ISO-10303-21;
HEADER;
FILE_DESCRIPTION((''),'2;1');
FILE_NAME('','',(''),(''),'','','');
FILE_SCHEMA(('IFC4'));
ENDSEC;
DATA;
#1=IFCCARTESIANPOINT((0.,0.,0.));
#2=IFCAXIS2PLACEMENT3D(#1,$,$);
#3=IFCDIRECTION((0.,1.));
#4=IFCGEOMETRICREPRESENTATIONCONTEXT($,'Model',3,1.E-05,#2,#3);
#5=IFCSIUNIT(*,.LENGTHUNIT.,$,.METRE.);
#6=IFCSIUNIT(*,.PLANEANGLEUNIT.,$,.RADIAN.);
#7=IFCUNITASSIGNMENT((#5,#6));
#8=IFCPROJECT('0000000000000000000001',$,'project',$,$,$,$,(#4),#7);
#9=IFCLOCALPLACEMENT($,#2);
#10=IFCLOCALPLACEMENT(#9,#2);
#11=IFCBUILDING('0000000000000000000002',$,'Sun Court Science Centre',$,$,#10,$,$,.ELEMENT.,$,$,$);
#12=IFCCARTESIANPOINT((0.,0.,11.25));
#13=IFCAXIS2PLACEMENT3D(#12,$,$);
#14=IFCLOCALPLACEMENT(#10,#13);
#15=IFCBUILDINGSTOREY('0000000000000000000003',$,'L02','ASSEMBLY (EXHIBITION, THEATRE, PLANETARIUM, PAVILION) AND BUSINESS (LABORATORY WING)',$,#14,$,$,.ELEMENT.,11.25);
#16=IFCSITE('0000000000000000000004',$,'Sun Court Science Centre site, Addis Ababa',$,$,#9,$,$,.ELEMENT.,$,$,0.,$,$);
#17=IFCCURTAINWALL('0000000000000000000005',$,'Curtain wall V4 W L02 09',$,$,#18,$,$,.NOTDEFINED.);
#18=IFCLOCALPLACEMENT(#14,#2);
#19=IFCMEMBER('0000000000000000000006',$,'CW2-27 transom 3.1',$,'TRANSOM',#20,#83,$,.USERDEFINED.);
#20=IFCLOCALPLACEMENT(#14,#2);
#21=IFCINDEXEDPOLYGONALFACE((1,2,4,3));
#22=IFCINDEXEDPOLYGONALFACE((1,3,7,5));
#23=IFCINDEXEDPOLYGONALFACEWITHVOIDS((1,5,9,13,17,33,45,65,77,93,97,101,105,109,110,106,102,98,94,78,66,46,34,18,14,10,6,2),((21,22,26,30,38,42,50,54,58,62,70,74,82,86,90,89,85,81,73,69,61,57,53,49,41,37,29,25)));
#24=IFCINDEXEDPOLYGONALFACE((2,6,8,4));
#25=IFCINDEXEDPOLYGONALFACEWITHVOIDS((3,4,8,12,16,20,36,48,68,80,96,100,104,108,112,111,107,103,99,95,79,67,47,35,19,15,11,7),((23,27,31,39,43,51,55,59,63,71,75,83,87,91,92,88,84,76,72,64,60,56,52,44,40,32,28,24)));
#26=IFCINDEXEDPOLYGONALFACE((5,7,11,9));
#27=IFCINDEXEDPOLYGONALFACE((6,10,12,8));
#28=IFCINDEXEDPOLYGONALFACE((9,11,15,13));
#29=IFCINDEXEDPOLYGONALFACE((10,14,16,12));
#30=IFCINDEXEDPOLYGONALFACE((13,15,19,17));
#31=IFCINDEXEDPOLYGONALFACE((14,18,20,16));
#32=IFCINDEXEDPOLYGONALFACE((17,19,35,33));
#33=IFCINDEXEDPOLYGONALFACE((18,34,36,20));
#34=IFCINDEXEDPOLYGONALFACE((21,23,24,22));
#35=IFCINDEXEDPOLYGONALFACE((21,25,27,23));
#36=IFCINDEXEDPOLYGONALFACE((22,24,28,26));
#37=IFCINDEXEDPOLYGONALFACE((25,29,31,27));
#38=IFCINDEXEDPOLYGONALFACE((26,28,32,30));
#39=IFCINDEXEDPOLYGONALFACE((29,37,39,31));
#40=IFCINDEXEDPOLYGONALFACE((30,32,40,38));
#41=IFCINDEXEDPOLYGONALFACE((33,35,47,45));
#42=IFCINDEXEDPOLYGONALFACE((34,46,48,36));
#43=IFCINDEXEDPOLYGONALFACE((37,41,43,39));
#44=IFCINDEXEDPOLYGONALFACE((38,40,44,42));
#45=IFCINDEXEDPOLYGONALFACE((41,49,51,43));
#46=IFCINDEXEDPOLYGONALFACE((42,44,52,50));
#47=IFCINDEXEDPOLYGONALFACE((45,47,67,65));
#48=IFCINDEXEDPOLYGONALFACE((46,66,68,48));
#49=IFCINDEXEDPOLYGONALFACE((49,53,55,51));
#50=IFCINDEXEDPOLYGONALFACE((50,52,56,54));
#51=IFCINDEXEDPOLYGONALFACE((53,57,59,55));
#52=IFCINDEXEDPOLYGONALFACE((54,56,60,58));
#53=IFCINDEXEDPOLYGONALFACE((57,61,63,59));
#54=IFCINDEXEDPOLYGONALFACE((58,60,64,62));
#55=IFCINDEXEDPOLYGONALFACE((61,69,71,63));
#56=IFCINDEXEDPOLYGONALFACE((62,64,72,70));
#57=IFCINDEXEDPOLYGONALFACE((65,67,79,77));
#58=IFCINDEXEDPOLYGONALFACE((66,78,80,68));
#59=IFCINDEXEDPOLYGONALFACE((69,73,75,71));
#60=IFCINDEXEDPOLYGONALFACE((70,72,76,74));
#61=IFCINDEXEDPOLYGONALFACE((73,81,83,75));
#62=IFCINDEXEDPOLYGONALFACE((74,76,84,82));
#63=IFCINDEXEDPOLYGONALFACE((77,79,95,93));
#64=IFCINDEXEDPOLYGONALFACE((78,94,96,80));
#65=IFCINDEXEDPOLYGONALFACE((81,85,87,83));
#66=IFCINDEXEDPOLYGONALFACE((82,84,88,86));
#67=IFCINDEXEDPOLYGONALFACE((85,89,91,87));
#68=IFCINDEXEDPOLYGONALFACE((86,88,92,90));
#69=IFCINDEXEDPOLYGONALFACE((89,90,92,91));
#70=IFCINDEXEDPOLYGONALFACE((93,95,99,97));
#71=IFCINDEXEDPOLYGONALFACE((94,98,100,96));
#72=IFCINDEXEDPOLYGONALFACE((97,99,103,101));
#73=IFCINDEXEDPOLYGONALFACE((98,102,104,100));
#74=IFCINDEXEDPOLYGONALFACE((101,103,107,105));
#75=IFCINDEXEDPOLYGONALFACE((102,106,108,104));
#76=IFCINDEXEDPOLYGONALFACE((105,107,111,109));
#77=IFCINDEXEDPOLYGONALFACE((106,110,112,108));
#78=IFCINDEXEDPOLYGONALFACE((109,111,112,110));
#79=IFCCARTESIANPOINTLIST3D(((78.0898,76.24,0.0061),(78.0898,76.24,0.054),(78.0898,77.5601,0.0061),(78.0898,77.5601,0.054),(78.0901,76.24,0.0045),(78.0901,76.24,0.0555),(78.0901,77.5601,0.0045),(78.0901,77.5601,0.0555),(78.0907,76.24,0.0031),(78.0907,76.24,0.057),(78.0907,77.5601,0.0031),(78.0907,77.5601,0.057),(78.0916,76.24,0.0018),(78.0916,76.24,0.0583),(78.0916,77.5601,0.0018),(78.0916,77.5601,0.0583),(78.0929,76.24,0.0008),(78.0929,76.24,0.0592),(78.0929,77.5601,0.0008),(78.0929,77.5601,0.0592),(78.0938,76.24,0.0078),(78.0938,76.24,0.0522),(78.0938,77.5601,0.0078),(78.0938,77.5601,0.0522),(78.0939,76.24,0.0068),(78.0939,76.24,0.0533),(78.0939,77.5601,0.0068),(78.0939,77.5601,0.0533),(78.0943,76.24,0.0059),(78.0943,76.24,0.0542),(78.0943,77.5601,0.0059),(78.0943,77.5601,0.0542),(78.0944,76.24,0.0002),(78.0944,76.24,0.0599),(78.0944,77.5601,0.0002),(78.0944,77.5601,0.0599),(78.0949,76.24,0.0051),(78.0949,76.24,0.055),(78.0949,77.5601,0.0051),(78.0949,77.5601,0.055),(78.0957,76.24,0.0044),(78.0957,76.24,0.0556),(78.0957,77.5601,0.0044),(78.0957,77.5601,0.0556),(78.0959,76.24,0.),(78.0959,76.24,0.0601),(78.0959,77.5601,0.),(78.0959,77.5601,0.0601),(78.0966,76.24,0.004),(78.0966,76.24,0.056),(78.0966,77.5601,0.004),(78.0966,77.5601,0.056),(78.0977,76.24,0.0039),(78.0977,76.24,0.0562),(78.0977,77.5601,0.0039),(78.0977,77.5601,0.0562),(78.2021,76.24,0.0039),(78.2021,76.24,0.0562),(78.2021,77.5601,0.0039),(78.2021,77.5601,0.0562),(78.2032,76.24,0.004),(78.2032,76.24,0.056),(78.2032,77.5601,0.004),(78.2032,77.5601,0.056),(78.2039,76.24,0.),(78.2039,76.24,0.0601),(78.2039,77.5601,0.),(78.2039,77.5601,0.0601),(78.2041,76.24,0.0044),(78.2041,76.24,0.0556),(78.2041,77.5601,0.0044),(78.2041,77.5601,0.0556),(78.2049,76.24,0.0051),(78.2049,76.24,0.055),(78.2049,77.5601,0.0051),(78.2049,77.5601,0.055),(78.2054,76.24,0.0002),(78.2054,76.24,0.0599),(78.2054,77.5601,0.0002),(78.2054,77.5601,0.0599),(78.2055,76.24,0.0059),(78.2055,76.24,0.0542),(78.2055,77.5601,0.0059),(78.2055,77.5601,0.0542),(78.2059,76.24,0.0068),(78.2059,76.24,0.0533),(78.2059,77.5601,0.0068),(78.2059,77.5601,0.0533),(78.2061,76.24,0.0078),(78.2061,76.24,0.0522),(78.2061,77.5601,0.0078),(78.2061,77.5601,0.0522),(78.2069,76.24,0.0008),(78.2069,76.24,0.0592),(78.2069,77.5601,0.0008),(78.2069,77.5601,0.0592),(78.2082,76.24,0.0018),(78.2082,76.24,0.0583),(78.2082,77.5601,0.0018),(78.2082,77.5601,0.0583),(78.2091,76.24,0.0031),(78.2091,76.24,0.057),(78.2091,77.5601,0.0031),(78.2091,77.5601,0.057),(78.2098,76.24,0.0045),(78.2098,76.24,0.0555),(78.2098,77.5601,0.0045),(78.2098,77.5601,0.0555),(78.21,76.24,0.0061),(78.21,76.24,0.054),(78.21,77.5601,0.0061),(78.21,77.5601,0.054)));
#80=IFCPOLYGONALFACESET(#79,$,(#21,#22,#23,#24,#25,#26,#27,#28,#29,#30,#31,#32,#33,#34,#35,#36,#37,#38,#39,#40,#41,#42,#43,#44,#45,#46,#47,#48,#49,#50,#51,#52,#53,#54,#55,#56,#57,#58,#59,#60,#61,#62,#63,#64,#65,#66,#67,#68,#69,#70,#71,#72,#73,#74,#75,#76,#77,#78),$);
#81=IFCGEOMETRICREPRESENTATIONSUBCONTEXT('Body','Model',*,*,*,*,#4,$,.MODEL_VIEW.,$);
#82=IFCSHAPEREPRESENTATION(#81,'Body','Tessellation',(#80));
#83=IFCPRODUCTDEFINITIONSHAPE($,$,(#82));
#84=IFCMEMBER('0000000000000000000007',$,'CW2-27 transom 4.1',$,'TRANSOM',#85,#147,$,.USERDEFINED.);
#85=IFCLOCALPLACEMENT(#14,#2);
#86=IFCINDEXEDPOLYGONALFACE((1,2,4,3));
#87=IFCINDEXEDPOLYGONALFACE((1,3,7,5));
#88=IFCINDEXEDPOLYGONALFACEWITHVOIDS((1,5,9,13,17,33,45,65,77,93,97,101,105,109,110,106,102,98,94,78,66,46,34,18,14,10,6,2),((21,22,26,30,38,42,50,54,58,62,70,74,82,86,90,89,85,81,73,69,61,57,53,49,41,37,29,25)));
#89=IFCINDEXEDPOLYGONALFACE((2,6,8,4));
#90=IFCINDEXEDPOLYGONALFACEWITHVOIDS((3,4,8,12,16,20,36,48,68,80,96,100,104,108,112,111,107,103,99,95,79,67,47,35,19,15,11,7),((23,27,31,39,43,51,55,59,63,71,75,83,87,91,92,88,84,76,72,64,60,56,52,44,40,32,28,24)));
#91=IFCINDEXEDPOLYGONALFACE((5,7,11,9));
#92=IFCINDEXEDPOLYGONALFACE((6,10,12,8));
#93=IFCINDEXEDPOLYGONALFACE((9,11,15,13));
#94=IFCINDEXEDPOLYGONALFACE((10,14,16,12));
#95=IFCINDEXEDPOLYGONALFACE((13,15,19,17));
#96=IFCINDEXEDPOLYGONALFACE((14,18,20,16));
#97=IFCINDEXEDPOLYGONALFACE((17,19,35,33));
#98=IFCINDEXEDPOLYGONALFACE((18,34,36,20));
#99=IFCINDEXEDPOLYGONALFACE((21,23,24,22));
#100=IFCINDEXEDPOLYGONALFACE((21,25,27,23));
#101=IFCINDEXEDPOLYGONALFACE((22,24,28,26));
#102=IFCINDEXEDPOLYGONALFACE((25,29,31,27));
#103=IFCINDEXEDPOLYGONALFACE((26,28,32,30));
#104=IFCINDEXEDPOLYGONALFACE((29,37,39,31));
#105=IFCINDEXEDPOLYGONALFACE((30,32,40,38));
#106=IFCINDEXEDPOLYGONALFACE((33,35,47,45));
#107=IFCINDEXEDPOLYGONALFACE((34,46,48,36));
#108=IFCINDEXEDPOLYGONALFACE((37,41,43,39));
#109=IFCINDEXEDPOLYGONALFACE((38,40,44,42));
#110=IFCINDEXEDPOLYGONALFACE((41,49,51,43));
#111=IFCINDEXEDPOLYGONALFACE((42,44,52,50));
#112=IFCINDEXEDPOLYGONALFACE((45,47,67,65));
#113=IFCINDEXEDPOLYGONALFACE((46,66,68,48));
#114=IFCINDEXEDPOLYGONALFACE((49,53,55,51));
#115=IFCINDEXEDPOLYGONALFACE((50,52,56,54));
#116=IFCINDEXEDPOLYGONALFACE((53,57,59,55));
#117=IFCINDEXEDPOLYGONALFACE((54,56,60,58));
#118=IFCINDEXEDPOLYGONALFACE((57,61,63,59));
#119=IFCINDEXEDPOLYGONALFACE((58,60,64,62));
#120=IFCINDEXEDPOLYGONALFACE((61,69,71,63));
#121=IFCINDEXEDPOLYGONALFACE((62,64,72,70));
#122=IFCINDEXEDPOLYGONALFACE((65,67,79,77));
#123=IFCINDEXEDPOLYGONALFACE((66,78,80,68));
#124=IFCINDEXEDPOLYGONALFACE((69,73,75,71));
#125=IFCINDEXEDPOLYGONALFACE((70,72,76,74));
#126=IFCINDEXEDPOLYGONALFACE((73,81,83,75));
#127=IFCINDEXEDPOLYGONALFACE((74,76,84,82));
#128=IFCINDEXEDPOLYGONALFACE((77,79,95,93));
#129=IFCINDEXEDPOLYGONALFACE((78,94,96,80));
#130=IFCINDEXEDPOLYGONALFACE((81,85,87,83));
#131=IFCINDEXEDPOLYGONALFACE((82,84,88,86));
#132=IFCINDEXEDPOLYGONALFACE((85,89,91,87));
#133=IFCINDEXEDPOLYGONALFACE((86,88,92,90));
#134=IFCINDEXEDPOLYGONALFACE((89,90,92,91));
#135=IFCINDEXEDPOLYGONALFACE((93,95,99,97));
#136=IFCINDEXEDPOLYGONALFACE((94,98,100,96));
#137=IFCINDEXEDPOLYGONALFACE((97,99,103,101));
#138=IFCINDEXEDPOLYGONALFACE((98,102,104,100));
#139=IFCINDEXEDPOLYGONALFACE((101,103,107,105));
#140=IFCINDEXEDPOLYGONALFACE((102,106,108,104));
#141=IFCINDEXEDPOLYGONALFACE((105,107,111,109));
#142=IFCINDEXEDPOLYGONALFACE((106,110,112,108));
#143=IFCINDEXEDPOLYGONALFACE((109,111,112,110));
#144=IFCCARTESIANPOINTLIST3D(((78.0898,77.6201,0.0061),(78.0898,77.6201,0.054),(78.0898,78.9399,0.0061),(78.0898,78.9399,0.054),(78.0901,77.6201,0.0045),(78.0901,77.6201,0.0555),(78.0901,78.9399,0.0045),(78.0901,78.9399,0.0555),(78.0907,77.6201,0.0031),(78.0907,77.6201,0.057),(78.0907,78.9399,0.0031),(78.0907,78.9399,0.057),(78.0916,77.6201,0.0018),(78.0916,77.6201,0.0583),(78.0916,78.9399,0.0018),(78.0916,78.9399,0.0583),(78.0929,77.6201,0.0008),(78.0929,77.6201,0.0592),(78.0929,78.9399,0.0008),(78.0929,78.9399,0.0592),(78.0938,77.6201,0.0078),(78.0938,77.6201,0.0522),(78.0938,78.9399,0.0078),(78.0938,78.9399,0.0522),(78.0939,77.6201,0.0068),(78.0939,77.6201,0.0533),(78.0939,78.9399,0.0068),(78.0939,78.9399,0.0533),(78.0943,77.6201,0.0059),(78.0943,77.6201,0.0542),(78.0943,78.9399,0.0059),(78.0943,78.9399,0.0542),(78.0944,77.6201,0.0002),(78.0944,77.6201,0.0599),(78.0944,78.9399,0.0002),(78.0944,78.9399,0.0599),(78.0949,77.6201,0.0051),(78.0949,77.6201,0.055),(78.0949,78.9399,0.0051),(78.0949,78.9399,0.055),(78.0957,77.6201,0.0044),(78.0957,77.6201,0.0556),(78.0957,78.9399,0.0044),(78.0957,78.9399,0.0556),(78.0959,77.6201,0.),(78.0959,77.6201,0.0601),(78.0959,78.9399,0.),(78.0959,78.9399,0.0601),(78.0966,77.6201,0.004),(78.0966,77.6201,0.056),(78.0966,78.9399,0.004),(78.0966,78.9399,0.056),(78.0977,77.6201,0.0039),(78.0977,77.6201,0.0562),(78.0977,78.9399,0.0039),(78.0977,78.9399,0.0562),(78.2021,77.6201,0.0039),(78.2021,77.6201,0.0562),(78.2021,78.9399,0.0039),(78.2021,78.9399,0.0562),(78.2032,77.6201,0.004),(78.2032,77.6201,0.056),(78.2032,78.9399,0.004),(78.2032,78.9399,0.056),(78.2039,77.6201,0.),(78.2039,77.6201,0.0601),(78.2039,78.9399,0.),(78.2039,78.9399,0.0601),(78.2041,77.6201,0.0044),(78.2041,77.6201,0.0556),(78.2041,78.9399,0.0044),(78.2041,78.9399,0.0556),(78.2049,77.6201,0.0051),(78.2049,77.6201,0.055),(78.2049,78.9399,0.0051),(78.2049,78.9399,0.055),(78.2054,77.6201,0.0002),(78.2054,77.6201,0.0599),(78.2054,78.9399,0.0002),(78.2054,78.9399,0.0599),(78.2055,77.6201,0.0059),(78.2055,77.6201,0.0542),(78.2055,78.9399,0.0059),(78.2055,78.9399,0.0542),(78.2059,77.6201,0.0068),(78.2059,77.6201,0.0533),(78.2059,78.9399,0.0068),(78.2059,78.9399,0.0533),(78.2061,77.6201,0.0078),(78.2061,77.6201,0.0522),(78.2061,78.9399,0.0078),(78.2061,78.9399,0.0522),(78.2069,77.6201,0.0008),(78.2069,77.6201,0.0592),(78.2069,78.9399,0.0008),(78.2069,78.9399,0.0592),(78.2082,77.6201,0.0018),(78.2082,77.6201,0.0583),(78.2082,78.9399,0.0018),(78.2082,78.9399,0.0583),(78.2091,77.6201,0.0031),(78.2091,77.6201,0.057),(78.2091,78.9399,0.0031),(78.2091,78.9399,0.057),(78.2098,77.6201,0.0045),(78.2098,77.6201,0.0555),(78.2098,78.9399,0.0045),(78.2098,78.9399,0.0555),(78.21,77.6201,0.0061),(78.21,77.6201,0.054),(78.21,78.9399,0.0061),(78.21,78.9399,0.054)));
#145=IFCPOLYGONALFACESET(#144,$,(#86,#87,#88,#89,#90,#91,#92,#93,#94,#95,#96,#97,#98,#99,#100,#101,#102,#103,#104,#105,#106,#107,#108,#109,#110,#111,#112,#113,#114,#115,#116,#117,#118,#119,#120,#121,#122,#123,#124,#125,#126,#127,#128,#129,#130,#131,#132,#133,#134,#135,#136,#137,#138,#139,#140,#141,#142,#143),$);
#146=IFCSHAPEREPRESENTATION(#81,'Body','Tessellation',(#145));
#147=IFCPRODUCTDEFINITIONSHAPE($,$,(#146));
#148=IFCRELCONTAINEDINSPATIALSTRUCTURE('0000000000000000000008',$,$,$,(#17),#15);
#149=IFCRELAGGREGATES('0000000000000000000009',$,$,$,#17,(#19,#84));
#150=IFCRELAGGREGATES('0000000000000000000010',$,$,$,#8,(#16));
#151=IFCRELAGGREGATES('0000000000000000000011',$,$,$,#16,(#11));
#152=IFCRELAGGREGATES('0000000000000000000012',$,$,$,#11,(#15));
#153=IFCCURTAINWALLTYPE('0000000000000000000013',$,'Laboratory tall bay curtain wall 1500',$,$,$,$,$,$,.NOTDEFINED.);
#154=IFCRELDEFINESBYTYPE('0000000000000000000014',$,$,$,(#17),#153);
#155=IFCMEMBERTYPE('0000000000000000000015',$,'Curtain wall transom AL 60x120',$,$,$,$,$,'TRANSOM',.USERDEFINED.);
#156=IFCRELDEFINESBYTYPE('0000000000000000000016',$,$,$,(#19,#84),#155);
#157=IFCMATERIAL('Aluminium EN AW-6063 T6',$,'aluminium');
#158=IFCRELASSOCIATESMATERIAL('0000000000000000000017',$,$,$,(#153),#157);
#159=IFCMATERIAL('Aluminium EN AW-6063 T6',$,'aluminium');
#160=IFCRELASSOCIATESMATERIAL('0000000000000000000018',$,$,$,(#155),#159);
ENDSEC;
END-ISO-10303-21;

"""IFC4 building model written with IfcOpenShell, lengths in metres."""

from ifc_helpers import new_model, si_unit, direction, frame, origin, origin_2d, place, context, subcontext, project, spatial, hollow_rectangle, extrude, material, material_profile, profile_set, type_object, element, aggregate, save


model = new_model("IFC4")

# Units and contexts
model_context = context("Model", 3, precision=1e-05, world=origin(), true_north=direction((0.0, 1.0)))
body_context = subcontext(model_context, "Body", "Model", "MODEL_VIEW")
ifc_project = project(units=[si_unit("LENGTHUNIT", "METRE"), si_unit("PLANEANGLEUNIT", "RADIAN")], contexts=[model_context])

# Site, building, storey
site_placement = place(None, origin())
site = spatial("IfcSite", under=ifc_project, at=site_placement, Name="Sun Court Science Centre site, Addis Ababa", CompositionType="ELEMENT", RefElevation=0.0)
building_placement = place(site_placement, origin())
building = spatial("IfcBuilding", under=site, at=building_placement, Name="Sun Court Science Centre", CompositionType="ELEMENT")
storey_placement = place(building_placement, frame((0.0, 0.0, 11.25)))
storey = spatial("IfcBuildingStorey", under=building, at=storey_placement, Name="L02", Description="ASSEMBLY (EXHIBITION, THEATRE, PLANETARIUM, PAVILION) AND BUSINESS (LABORATORY WING)", CompositionType="ELEMENT", Elevation=11.25)

# Curtain wall, members
ifc_material_1 = material(Name="Aluminium EN AW-6063 T6", Category="aluminium")
curtain_wall_type = type_object("IfcCurtainWallType", Name="Laboratory tall bay curtain wall 1500", PredefinedType="NOTDEFINED", material=ifc_material_1)
curtain_wall_placement = place(storey_placement, origin())
curtain_wall = element("IfcCurtainWall", 1, at=curtain_wall_placement, inside=storey, type_object=curtain_wall_type, Name="Curtain wall V4 W L02 09", PredefinedType="NOTDEFINED")
ifc_material_2 = material(Name="Aluminium EN AW-6063 T6", Category="aluminium")
ifc_material_profile_1 = material_profile(ifc_material_2, hollow_rectangle(XDim=0.0601, YDim=0.1201, WallThickness=0.0039, InnerFilletRadius=0.0039, OuterFilletRadius=0.0061, at=origin_2d()), Name="AL 60x120x4")
ifc_profile_set_1 = profile_set([ifc_material_profile_1], Name="Aluminium EN AW-6063 T6")
member_type_1 = type_object("IfcMemberType", Name="Curtain wall transom AL 60x120", ElementType="TRANSOM", PredefinedType="USERDEFINED", material=ifc_profile_set_1)
member_1_placement = place(storey_placement, frame((78.1499, 76.24, 0.03), z_axis=(0.0, 1.0, 0.0), x_axis=(0.0, 0.0, 1.0)))
member_1 = element("IfcMember", 2, at=member_1_placement, type_object=member_type_1, Name="CW2-27 transom 3.1", ObjectType="TRANSOM", PredefinedType="USERDEFINED", context=body_context, shape_type="SweptSolid", body=[
    extrude(hollow_rectangle(XDim=0.0601, YDim=0.1201, WallThickness=0.0039, InnerFilletRadius=0.0039, OuterFilletRadius=0.0061, at=origin_2d()), origin(), (0.0, 0.0, 1.0), 1.3201),
])
member_2_placement = place(storey_placement, frame((78.1499, 77.6201, 0.03), z_axis=(0.0, 1.0, 0.0), x_axis=(0.0, 0.0, 1.0)))
member_2 = element("IfcMember", 3, at=member_2_placement, type_object=member_type_1, Name="CW2-27 transom 4.1", ObjectType="TRANSOM", PredefinedType="USERDEFINED", context=body_context, shape_type="SweptSolid", body=[
    extrude(hollow_rectangle(XDim=0.0601, YDim=0.1201, WallThickness=0.0039, InnerFilletRadius=0.0039, OuterFilletRadius=0.0061, at=origin_2d()), origin(), (0.0, 0.0, 1.0), 1.3198),
])

aggregate(curtain_wall, [member_1, member_2])

save(model, "model.ifc")
